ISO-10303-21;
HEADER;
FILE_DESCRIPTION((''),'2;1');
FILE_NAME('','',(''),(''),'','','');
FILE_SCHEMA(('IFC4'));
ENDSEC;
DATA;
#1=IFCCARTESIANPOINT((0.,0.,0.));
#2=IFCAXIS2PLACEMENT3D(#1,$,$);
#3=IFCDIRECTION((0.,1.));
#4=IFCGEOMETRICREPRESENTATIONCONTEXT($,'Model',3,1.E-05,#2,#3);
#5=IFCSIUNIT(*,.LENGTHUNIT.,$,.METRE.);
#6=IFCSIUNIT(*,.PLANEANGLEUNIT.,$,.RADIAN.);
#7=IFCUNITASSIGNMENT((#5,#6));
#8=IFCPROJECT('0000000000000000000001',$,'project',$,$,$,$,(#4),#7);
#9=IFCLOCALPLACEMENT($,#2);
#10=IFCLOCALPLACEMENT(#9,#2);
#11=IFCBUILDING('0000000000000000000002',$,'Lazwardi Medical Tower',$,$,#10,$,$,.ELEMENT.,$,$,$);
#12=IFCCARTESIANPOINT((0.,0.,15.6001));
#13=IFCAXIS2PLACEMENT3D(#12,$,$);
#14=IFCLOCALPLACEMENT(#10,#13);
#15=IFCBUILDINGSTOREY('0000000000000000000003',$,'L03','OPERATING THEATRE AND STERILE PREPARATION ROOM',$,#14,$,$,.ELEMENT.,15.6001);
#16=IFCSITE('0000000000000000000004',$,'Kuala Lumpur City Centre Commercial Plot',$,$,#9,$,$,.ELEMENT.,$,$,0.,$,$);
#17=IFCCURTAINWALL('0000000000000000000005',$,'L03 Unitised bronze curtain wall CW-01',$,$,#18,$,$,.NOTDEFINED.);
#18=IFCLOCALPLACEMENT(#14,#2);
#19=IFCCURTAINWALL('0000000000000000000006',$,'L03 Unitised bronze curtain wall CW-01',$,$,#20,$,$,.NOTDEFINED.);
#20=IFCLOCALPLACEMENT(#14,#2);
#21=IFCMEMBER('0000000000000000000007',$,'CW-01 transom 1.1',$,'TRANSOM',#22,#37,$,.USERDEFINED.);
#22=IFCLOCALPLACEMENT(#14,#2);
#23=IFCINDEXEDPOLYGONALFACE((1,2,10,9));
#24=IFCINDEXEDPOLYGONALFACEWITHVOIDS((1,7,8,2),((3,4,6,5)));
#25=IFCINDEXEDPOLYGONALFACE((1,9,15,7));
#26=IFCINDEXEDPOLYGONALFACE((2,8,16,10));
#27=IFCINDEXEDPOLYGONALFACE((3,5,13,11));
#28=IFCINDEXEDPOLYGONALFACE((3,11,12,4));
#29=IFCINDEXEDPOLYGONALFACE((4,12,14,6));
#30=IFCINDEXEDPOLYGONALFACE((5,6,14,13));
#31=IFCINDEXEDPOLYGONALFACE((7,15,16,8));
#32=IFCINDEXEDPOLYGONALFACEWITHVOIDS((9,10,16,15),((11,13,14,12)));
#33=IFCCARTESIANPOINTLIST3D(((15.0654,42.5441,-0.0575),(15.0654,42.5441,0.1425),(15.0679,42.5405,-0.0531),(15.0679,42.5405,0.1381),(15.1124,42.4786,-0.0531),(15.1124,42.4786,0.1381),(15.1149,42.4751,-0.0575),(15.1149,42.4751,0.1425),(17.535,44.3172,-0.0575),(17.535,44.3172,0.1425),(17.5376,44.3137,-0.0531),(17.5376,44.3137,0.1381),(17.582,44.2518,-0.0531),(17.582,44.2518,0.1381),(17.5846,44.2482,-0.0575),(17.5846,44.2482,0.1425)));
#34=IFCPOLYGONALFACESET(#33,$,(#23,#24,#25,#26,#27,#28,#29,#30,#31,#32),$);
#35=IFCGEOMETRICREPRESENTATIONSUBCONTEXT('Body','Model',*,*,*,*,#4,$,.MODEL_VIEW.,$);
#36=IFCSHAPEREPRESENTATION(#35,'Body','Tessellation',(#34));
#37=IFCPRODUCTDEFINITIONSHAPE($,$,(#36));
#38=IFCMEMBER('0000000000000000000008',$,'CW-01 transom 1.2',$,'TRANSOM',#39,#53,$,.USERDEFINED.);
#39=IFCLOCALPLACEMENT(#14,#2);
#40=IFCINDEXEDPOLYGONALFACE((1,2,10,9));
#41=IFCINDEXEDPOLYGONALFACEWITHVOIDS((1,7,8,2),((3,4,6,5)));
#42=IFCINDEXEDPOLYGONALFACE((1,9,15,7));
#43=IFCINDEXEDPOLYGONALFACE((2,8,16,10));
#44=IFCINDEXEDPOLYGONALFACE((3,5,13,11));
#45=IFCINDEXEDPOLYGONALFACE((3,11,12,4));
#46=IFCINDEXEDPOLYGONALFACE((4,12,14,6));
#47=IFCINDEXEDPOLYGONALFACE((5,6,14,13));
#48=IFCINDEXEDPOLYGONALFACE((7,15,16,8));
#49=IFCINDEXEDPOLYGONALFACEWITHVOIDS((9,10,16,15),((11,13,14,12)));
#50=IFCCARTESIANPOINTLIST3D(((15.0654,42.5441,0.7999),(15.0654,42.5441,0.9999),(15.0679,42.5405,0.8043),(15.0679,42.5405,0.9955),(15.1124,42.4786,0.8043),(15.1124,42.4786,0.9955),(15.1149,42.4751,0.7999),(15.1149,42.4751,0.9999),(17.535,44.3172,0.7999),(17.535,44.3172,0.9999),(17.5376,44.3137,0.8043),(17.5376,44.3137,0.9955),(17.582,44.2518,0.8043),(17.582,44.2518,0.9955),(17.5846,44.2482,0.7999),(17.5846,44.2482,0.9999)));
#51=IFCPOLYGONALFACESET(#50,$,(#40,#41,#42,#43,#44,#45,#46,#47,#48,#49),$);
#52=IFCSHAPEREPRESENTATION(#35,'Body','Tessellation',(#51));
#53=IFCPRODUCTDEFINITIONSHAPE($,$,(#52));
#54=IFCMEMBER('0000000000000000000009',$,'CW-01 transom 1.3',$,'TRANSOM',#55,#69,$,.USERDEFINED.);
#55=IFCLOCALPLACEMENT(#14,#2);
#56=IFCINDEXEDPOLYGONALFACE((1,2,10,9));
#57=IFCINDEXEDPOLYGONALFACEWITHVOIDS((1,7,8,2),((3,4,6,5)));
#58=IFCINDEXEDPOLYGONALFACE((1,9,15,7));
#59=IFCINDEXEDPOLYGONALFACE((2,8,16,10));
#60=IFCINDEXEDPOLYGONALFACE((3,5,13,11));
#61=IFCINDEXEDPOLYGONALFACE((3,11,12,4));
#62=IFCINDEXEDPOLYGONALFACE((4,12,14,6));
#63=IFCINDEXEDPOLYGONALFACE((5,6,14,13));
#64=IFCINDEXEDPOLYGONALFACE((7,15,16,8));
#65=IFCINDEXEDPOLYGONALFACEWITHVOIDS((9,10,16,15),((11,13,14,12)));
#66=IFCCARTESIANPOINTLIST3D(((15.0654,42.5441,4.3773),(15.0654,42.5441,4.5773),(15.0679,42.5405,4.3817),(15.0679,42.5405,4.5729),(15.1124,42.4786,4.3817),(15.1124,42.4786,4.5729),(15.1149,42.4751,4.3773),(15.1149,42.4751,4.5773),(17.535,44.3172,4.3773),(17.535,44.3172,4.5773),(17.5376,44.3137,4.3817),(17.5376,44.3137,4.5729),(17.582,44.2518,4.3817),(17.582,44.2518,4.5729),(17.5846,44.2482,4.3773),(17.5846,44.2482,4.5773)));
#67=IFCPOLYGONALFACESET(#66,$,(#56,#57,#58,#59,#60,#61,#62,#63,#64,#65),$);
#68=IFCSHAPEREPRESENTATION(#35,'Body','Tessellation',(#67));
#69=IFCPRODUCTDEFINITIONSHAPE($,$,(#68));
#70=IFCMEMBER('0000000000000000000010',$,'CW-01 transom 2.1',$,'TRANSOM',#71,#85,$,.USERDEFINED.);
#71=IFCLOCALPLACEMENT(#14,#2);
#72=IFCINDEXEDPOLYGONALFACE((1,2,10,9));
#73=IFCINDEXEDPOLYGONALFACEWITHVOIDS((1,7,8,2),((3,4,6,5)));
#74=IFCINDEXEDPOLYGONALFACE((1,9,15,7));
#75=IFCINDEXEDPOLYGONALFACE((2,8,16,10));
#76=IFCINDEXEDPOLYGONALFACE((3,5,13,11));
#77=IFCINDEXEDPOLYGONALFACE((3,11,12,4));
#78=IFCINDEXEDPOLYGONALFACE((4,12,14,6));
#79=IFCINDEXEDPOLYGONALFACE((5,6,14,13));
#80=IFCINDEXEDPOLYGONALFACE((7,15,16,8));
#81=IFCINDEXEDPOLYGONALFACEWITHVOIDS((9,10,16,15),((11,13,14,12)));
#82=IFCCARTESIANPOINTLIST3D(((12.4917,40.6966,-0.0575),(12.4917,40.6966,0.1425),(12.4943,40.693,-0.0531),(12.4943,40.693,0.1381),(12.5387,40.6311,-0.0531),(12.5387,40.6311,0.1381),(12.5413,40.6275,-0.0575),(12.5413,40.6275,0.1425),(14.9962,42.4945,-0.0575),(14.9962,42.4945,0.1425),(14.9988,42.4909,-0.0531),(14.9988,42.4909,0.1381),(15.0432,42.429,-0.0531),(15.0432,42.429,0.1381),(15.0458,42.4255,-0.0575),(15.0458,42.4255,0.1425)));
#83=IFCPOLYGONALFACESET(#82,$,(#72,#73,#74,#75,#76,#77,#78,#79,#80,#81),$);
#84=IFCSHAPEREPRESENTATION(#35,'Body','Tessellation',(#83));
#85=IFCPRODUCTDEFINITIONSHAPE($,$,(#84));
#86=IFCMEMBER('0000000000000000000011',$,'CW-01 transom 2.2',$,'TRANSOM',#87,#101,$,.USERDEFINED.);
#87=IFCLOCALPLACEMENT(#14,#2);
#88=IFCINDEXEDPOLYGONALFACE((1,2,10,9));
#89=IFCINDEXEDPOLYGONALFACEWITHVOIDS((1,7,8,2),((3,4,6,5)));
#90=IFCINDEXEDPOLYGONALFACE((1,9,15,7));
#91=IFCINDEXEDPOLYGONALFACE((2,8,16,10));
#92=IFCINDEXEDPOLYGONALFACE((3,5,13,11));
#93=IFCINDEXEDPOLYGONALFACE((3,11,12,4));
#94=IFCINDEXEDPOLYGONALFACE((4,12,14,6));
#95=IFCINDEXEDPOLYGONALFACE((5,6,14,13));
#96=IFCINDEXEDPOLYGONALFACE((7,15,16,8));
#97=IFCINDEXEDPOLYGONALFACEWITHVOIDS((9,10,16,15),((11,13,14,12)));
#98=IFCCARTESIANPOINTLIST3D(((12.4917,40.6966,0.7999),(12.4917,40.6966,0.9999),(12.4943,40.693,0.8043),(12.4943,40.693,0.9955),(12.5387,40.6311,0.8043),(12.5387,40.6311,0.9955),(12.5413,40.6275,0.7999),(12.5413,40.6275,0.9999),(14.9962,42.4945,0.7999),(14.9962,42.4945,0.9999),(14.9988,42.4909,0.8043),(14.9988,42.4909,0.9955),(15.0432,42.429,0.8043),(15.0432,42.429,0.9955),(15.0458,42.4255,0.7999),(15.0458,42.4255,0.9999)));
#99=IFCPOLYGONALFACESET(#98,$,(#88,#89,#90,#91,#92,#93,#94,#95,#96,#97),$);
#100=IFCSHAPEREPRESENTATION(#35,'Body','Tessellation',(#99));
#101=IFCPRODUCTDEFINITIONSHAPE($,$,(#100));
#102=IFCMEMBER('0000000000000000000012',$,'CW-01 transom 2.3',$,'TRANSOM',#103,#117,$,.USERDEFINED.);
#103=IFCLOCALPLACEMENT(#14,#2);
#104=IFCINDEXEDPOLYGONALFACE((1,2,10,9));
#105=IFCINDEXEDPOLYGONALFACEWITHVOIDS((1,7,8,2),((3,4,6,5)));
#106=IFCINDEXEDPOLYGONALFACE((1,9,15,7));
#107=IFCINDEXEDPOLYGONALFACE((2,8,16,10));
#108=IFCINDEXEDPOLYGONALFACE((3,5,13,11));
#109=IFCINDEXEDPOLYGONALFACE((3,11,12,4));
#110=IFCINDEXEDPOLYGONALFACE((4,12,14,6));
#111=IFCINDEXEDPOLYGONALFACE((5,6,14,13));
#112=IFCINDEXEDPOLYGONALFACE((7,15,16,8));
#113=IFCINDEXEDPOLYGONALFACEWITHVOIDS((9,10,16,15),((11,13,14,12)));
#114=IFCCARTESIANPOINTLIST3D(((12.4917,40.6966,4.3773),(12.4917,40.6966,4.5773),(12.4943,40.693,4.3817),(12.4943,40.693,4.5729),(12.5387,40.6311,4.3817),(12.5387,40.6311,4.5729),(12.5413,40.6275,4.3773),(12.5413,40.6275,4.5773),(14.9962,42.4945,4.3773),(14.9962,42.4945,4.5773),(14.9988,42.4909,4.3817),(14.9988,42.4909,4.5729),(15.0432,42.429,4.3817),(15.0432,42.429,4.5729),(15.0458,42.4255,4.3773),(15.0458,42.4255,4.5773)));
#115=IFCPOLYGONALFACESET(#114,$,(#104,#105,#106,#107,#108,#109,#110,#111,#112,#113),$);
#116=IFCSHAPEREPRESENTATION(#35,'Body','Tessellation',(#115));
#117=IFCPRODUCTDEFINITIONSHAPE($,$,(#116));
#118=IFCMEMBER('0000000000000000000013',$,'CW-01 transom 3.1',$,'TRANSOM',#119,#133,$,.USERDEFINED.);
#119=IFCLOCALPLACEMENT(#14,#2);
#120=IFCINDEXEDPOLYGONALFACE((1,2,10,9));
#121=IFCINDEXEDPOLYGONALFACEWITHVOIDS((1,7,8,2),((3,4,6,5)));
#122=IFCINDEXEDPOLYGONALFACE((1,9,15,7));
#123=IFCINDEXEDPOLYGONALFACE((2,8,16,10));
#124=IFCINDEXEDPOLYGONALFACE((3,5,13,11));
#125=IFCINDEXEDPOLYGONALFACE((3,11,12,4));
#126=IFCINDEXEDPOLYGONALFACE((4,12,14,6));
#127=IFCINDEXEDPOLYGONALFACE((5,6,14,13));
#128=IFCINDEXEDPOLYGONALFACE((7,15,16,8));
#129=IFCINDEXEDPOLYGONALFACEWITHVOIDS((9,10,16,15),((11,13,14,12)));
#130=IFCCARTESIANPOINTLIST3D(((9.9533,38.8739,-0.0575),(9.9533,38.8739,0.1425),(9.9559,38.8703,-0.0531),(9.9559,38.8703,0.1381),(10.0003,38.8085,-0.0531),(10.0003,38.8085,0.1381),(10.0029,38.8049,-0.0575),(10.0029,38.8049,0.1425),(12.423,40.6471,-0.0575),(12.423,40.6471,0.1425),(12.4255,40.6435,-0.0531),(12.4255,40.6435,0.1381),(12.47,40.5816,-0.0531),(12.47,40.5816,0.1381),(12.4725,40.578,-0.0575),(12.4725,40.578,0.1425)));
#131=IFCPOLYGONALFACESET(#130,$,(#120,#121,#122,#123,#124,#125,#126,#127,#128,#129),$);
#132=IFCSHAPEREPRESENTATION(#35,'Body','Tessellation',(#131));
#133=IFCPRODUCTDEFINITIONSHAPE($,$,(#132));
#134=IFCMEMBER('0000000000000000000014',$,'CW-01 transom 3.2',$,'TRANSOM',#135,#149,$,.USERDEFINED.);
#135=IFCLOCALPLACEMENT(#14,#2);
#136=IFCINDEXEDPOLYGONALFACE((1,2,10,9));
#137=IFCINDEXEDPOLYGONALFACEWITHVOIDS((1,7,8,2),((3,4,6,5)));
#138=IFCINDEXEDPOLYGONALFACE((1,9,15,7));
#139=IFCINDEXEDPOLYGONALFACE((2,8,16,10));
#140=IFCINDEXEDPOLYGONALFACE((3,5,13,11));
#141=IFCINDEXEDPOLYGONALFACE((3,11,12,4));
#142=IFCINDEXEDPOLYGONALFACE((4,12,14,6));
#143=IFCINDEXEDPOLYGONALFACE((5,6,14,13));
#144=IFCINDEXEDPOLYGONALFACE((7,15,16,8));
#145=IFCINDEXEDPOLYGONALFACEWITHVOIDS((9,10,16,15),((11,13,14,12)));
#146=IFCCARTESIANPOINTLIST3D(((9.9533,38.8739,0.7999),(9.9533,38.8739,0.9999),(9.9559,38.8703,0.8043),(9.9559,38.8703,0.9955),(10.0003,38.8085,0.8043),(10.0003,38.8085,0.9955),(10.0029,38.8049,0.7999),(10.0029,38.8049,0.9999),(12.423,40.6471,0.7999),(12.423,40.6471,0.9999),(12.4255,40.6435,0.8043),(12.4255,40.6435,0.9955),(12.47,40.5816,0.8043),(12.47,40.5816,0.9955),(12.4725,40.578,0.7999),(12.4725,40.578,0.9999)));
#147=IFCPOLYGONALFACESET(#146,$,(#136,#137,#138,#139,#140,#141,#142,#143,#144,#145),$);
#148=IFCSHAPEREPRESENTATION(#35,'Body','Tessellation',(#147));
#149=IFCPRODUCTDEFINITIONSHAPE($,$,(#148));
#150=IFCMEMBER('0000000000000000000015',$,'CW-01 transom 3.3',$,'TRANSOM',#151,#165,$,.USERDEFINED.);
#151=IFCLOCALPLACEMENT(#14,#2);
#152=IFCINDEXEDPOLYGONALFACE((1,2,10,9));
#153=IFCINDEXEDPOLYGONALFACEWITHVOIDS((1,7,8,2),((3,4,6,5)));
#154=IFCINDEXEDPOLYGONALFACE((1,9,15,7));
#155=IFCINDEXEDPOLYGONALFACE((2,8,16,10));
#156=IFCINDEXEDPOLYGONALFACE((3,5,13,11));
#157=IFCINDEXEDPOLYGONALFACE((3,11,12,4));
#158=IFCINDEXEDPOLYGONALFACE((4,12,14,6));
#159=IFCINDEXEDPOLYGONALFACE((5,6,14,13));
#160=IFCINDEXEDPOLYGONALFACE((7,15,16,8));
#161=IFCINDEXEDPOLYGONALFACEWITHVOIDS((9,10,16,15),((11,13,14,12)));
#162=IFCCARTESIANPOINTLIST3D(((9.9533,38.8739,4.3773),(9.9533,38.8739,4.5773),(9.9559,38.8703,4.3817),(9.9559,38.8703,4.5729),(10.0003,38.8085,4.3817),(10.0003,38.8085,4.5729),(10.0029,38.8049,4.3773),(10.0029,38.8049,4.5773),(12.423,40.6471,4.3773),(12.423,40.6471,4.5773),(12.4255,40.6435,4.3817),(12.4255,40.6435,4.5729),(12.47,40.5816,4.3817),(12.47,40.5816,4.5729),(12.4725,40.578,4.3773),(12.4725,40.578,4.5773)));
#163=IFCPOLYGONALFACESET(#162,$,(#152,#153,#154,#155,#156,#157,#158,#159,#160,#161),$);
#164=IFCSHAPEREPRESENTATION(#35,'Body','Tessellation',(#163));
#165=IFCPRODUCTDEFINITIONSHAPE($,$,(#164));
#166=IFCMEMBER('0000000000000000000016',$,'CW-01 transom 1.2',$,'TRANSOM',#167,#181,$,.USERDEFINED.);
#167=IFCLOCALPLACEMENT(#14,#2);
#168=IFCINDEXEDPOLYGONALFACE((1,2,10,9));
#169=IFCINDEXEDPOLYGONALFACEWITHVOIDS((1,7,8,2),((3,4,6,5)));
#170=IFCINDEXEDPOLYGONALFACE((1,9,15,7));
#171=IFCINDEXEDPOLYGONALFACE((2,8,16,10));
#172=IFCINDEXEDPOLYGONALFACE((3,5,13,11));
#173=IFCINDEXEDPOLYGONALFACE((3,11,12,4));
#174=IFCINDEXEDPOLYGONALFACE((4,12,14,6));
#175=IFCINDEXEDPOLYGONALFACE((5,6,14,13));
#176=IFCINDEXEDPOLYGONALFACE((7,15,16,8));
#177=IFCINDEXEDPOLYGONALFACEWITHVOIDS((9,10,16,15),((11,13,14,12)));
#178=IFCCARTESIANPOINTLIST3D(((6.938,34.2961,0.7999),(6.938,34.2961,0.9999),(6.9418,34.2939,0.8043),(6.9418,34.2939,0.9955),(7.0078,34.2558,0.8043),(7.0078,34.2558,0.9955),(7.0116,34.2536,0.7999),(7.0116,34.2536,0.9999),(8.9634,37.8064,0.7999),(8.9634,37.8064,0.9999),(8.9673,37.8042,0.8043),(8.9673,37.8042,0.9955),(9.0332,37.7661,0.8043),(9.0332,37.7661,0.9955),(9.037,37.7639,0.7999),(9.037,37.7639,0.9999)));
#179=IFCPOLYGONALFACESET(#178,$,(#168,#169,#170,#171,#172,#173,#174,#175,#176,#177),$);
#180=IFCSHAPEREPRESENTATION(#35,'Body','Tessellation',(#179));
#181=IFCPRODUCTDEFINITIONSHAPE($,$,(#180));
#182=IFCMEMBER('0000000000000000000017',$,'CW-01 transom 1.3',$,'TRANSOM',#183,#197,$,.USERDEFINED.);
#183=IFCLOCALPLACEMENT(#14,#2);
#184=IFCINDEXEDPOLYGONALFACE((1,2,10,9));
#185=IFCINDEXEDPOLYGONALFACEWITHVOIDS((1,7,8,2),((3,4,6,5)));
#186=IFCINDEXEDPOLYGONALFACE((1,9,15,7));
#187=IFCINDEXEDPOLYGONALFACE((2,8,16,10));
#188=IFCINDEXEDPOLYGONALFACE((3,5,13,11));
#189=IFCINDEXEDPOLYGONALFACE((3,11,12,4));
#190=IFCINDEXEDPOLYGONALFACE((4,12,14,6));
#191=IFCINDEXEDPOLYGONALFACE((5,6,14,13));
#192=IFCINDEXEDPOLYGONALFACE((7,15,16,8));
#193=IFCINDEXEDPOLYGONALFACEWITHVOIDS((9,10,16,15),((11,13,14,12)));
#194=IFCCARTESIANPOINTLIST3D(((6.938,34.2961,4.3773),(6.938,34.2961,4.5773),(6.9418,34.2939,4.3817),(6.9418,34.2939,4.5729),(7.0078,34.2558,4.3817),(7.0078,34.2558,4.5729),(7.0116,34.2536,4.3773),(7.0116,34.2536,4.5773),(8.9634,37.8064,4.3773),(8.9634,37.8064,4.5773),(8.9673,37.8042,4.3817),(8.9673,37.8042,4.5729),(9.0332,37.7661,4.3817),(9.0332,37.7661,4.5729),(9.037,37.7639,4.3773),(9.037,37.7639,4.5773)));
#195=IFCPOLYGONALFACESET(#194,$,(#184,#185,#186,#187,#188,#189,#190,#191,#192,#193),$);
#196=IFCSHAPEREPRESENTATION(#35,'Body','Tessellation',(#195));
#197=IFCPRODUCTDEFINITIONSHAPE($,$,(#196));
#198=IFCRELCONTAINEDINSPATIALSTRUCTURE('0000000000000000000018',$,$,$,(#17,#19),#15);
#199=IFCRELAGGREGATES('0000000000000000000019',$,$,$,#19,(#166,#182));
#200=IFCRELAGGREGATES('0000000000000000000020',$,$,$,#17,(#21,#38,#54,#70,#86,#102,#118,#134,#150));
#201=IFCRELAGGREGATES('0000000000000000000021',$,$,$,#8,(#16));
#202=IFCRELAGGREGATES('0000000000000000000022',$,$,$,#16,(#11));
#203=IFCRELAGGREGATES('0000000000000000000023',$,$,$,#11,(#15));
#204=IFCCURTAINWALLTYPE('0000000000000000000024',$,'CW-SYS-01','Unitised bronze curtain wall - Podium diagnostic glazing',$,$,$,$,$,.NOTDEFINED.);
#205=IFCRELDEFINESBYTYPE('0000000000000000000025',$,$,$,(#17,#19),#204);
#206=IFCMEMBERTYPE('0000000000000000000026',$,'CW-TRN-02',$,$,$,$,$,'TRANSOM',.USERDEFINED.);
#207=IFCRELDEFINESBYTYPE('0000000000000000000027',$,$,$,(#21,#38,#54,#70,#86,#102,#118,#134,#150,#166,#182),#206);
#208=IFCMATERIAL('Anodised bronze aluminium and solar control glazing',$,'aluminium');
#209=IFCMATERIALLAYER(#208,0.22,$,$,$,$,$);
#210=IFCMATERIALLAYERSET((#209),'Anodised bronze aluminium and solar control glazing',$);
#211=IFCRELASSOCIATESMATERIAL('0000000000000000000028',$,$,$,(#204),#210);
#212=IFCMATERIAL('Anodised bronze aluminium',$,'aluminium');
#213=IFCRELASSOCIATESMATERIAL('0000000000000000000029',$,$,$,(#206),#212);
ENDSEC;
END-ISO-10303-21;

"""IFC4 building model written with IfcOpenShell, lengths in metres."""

from ifc_helpers import new_model, si_unit, direction, frame, origin, origin_2d, place, context, subcontext, project, spatial, hollow_rectangle, extrude, material, layer, layer_set, material_profile, profile_set, type_object, element, aggregate, save


model = new_model("IFC4")

# Units and contexts
model_context = context("Model", 3, precision=1e-05, world=origin(), true_north=direction((0.0, 1.0)))
body_context = subcontext(model_context, "Body", "Model", "MODEL_VIEW")
ifc_project = project(units=[si_unit("LENGTHUNIT", "METRE"), si_unit("PLANEANGLEUNIT", "RADIAN")], contexts=[model_context])

# Site, building, storey
site_placement = place(None, origin())
site = spatial("IfcSite", under=ifc_project, at=site_placement, Name="Kuala Lumpur City Centre Commercial Plot", CompositionType="ELEMENT", RefElevation=0.0)
building_placement = place(site_placement, origin())
building = spatial("IfcBuilding", under=site, at=building_placement, Name="Lazwardi Medical Tower", CompositionType="ELEMENT")
storey_placement = place(building_placement, frame((0.0, 0.0, 15.6001)))
storey = spatial("IfcBuildingStorey", under=building, at=storey_placement, Name="L03", Description="OPERATING THEATRE AND STERILE PREPARATION ROOM", CompositionType="ELEMENT", Elevation=15.6001)

# Shared definitions
ifc_material_1 = material(Name="Anodised bronze aluminium and solar control glazing", Category="aluminium")
ifc_layer_1 = layer(ifc_material_1, 0.22)
ifc_layer_set_1 = layer_set([ifc_layer_1], Name="Anodised bronze aluminium and solar control glazing")
curtain_wall_type = type_object("IfcCurtainWallType", Name="CW-SYS-01", Description="Unitised bronze curtain wall - Podium diagnostic glazing", PredefinedType="NOTDEFINED", material=ifc_layer_set_1)
ifc_material_2 = material(Name="Anodised bronze aluminium", Category="aluminium")

# Curtain wall
curtain_wall_1_placement = place(storey_placement, origin())
curtain_wall_1 = element("IfcCurtainWall", 1, at=curtain_wall_1_placement, inside=storey, type_object=curtain_wall_type, Name="L03 Unitised bronze curtain wall CW-01", PredefinedType="NOTDEFINED")

# Curtain wall
curtain_wall_2_placement = place(storey_placement, origin())
curtain_wall_2 = element("IfcCurtainWall", 2, at=curtain_wall_2_placement, inside=storey, type_object=curtain_wall_type, Name="L03 Unitised bronze curtain wall CW-01", PredefinedType="NOTDEFINED")

# Members
ifc_material_profile_1 = material_profile(ifc_material_2, hollow_rectangle(XDim=0.085, YDim=0.2, WallThickness=0.0044, at=origin_2d()), Name="ALU-TRANSOM 200x85x4.5")
ifc_profile_set_1 = profile_set([ifc_material_profile_1], Name="Anodised bronze aluminium")
member_type_1 = type_object("IfcMemberType", Name="CW-TRN-02", ElementType="TRANSOM", PredefinedType="USERDEFINED", material=ifc_profile_set_1)
member_1_placement = place(storey_placement, frame((17.5598, 44.2827, 0.0425), z_axis=(-0.812315, -0.583219, 0.0), x_axis=(0.583219, -0.812315, 0.0)))
member_1 = element("IfcMember", 3, at=member_1_placement, type_object=member_type_1, Name="CW-01 transom 1.1", ObjectType="TRANSOM", PredefinedType="USERDEFINED", context=body_context, shape_type="SweptSolid", body=[
    extrude(hollow_rectangle(XDim=0.085, YDim=0.2, WallThickness=0.0044, at=origin_2d()), origin(), (0.0, 0.0, 1.0), 3.0403),
])
member_2_placement = place(storey_placement, frame((17.5598, 44.2827, 0.8999), z_axis=(-0.812315, -0.583219, 0.0), x_axis=(0.583219, -0.812315, 0.0)))
member_2 = element("IfcMember", 4, at=member_2_placement, type_object=member_type_1, Name="CW-01 transom 1.2", ObjectType="TRANSOM", PredefinedType="USERDEFINED", context=body_context, shape_type="SweptSolid", body=[
    extrude(hollow_rectangle(XDim=0.085, YDim=0.2, WallThickness=0.0044, at=origin_2d()), origin(), (0.0, 0.0, 1.0), 3.0403),
])
member_3_placement = place(storey_placement, frame((17.5598, 44.2827, 4.4773), z_axis=(-0.812315, -0.583219, 0.0), x_axis=(0.583219, -0.812315, 0.0)))
member_3 = element("IfcMember", 5, at=member_3_placement, type_object=member_type_1, Name="CW-01 transom 1.3", ObjectType="TRANSOM", PredefinedType="USERDEFINED", context=body_context, shape_type="SweptSolid", body=[
    extrude(hollow_rectangle(XDim=0.085, YDim=0.2, WallThickness=0.0044, at=origin_2d()), origin(), (0.0, 0.0, 1.0), 3.0403),
])
member_4_placement = place(storey_placement, frame((15.021, 42.46, 0.0425), z_axis=(-0.812351, -0.583169, 0.0), x_axis=(0.583169, -0.812351, 0.0)))
member_4 = element("IfcMember", 6, at=member_4_placement, type_object=member_type_1, Name="CW-01 transom 2.1", ObjectType="TRANSOM", PredefinedType="USERDEFINED", context=body_context, shape_type="SweptSolid", body=[
    extrude(hollow_rectangle(XDim=0.085, YDim=0.2, WallThickness=0.0044, at=origin_2d()), origin(), (0.0, 0.0, 1.0), 3.083),
])
member_5_placement = place(storey_placement, frame((15.021, 42.46, 0.8999), z_axis=(-0.812351, -0.583169, 0.0), x_axis=(0.583169, -0.812351, 0.0)))
member_5 = element("IfcMember", 7, at=member_5_placement, type_object=member_type_1, Name="CW-01 transom 2.2", ObjectType="TRANSOM", PredefinedType="USERDEFINED", context=body_context, shape_type="SweptSolid", body=[
    extrude(hollow_rectangle(XDim=0.085, YDim=0.2, WallThickness=0.0044, at=origin_2d()), origin(), (0.0, 0.0, 1.0), 3.083),
])
member_6_placement = place(storey_placement, frame((15.021, 42.46, 4.4773), z_axis=(-0.812351, -0.583169, 0.0), x_axis=(0.583169, -0.812351, 0.0)))
member_6 = element("IfcMember", 8, at=member_6_placement, type_object=member_type_1, Name="CW-01 transom 2.3", ObjectType="TRANSOM", PredefinedType="USERDEFINED", context=body_context, shape_type="SweptSolid", body=[
    extrude(hollow_rectangle(XDim=0.085, YDim=0.2, WallThickness=0.0044, at=origin_2d()), origin(), (0.0, 0.0, 1.0), 3.083),
])
member_7_placement = place(storey_placement, frame((12.4478, 40.6125, 0.0425), z_axis=(-0.812315, -0.583219, 0.0), x_axis=(0.583219, -0.812315, 0.0)))
member_7 = element("IfcMember", 9, at=member_7_placement, type_object=member_type_1, Name="CW-01 transom 3.1", ObjectType="TRANSOM", PredefinedType="USERDEFINED", context=body_context, shape_type="SweptSolid", body=[
    extrude(hollow_rectangle(XDim=0.085, YDim=0.2, WallThickness=0.0044, at=origin_2d()), origin(), (0.0, 0.0, 1.0), 3.0403),
])
member_8_placement = place(storey_placement, frame((12.4478, 40.6125, 0.8999), z_axis=(-0.812315, -0.583219, 0.0), x_axis=(0.583219, -0.812315, 0.0)))
member_8 = element("IfcMember", 10, at=member_8_placement, type_object=member_type_1, Name="CW-01 transom 3.2", ObjectType="TRANSOM", PredefinedType="USERDEFINED", context=body_context, shape_type="SweptSolid", body=[
    extrude(hollow_rectangle(XDim=0.085, YDim=0.2, WallThickness=0.0044, at=origin_2d()), origin(), (0.0, 0.0, 1.0), 3.0403),
])
member_9_placement = place(storey_placement, frame((12.4478, 40.6125, 4.4773), z_axis=(-0.812315, -0.583219, 0.0), x_axis=(0.583219, -0.812315, 0.0)))
member_9 = element("IfcMember", 11, at=member_9_placement, type_object=member_type_1, Name="CW-01 transom 3.3", ObjectType="TRANSOM", PredefinedType="USERDEFINED", context=body_context, shape_type="SweptSolid", body=[
    extrude(hollow_rectangle(XDim=0.085, YDim=0.2, WallThickness=0.0044, at=origin_2d()), origin(), (0.0, 0.0, 1.0), 3.0403),
])
member_10_placement = place(storey_placement, frame((9.0002, 37.7852, 0.8999), z_axis=(-0.499768, -0.86616, 0.0), x_axis=(0.86616, -0.499768, 0.0)))
member_10 = element("IfcMember", 12, at=member_10_placement, type_object=member_type_1, Name="CW-01 transom 1.2", ObjectType="TRANSOM", PredefinedType="USERDEFINED", context=body_context, shape_type="SweptSolid", body=[
    extrude(hollow_rectangle(XDim=0.085, YDim=0.2, WallThickness=0.0044, at=origin_2d()), origin(), (0.0, 0.0, 1.0), 4.0527),
])
member_11_placement = place(storey_placement, frame((9.0002, 37.7852, 4.4773), z_axis=(-0.499768, -0.86616, 0.0), x_axis=(0.86616, -0.499768, 0.0)))
member_11 = element("IfcMember", 13, at=member_11_placement, type_object=member_type_1, Name="CW-01 transom 1.3", ObjectType="TRANSOM", PredefinedType="USERDEFINED", context=body_context, shape_type="SweptSolid", body=[
    extrude(hollow_rectangle(XDim=0.085, YDim=0.2, WallThickness=0.0044, at=origin_2d()), origin(), (0.0, 0.0, 1.0), 4.0527),
])
aggregate(curtain_wall_2, [member_10, member_11])

aggregate(curtain_wall_1, [member_1, member_2, member_3, member_4, member_5, member_6, member_7, member_8, member_9])

save(model, "model.ifc")
